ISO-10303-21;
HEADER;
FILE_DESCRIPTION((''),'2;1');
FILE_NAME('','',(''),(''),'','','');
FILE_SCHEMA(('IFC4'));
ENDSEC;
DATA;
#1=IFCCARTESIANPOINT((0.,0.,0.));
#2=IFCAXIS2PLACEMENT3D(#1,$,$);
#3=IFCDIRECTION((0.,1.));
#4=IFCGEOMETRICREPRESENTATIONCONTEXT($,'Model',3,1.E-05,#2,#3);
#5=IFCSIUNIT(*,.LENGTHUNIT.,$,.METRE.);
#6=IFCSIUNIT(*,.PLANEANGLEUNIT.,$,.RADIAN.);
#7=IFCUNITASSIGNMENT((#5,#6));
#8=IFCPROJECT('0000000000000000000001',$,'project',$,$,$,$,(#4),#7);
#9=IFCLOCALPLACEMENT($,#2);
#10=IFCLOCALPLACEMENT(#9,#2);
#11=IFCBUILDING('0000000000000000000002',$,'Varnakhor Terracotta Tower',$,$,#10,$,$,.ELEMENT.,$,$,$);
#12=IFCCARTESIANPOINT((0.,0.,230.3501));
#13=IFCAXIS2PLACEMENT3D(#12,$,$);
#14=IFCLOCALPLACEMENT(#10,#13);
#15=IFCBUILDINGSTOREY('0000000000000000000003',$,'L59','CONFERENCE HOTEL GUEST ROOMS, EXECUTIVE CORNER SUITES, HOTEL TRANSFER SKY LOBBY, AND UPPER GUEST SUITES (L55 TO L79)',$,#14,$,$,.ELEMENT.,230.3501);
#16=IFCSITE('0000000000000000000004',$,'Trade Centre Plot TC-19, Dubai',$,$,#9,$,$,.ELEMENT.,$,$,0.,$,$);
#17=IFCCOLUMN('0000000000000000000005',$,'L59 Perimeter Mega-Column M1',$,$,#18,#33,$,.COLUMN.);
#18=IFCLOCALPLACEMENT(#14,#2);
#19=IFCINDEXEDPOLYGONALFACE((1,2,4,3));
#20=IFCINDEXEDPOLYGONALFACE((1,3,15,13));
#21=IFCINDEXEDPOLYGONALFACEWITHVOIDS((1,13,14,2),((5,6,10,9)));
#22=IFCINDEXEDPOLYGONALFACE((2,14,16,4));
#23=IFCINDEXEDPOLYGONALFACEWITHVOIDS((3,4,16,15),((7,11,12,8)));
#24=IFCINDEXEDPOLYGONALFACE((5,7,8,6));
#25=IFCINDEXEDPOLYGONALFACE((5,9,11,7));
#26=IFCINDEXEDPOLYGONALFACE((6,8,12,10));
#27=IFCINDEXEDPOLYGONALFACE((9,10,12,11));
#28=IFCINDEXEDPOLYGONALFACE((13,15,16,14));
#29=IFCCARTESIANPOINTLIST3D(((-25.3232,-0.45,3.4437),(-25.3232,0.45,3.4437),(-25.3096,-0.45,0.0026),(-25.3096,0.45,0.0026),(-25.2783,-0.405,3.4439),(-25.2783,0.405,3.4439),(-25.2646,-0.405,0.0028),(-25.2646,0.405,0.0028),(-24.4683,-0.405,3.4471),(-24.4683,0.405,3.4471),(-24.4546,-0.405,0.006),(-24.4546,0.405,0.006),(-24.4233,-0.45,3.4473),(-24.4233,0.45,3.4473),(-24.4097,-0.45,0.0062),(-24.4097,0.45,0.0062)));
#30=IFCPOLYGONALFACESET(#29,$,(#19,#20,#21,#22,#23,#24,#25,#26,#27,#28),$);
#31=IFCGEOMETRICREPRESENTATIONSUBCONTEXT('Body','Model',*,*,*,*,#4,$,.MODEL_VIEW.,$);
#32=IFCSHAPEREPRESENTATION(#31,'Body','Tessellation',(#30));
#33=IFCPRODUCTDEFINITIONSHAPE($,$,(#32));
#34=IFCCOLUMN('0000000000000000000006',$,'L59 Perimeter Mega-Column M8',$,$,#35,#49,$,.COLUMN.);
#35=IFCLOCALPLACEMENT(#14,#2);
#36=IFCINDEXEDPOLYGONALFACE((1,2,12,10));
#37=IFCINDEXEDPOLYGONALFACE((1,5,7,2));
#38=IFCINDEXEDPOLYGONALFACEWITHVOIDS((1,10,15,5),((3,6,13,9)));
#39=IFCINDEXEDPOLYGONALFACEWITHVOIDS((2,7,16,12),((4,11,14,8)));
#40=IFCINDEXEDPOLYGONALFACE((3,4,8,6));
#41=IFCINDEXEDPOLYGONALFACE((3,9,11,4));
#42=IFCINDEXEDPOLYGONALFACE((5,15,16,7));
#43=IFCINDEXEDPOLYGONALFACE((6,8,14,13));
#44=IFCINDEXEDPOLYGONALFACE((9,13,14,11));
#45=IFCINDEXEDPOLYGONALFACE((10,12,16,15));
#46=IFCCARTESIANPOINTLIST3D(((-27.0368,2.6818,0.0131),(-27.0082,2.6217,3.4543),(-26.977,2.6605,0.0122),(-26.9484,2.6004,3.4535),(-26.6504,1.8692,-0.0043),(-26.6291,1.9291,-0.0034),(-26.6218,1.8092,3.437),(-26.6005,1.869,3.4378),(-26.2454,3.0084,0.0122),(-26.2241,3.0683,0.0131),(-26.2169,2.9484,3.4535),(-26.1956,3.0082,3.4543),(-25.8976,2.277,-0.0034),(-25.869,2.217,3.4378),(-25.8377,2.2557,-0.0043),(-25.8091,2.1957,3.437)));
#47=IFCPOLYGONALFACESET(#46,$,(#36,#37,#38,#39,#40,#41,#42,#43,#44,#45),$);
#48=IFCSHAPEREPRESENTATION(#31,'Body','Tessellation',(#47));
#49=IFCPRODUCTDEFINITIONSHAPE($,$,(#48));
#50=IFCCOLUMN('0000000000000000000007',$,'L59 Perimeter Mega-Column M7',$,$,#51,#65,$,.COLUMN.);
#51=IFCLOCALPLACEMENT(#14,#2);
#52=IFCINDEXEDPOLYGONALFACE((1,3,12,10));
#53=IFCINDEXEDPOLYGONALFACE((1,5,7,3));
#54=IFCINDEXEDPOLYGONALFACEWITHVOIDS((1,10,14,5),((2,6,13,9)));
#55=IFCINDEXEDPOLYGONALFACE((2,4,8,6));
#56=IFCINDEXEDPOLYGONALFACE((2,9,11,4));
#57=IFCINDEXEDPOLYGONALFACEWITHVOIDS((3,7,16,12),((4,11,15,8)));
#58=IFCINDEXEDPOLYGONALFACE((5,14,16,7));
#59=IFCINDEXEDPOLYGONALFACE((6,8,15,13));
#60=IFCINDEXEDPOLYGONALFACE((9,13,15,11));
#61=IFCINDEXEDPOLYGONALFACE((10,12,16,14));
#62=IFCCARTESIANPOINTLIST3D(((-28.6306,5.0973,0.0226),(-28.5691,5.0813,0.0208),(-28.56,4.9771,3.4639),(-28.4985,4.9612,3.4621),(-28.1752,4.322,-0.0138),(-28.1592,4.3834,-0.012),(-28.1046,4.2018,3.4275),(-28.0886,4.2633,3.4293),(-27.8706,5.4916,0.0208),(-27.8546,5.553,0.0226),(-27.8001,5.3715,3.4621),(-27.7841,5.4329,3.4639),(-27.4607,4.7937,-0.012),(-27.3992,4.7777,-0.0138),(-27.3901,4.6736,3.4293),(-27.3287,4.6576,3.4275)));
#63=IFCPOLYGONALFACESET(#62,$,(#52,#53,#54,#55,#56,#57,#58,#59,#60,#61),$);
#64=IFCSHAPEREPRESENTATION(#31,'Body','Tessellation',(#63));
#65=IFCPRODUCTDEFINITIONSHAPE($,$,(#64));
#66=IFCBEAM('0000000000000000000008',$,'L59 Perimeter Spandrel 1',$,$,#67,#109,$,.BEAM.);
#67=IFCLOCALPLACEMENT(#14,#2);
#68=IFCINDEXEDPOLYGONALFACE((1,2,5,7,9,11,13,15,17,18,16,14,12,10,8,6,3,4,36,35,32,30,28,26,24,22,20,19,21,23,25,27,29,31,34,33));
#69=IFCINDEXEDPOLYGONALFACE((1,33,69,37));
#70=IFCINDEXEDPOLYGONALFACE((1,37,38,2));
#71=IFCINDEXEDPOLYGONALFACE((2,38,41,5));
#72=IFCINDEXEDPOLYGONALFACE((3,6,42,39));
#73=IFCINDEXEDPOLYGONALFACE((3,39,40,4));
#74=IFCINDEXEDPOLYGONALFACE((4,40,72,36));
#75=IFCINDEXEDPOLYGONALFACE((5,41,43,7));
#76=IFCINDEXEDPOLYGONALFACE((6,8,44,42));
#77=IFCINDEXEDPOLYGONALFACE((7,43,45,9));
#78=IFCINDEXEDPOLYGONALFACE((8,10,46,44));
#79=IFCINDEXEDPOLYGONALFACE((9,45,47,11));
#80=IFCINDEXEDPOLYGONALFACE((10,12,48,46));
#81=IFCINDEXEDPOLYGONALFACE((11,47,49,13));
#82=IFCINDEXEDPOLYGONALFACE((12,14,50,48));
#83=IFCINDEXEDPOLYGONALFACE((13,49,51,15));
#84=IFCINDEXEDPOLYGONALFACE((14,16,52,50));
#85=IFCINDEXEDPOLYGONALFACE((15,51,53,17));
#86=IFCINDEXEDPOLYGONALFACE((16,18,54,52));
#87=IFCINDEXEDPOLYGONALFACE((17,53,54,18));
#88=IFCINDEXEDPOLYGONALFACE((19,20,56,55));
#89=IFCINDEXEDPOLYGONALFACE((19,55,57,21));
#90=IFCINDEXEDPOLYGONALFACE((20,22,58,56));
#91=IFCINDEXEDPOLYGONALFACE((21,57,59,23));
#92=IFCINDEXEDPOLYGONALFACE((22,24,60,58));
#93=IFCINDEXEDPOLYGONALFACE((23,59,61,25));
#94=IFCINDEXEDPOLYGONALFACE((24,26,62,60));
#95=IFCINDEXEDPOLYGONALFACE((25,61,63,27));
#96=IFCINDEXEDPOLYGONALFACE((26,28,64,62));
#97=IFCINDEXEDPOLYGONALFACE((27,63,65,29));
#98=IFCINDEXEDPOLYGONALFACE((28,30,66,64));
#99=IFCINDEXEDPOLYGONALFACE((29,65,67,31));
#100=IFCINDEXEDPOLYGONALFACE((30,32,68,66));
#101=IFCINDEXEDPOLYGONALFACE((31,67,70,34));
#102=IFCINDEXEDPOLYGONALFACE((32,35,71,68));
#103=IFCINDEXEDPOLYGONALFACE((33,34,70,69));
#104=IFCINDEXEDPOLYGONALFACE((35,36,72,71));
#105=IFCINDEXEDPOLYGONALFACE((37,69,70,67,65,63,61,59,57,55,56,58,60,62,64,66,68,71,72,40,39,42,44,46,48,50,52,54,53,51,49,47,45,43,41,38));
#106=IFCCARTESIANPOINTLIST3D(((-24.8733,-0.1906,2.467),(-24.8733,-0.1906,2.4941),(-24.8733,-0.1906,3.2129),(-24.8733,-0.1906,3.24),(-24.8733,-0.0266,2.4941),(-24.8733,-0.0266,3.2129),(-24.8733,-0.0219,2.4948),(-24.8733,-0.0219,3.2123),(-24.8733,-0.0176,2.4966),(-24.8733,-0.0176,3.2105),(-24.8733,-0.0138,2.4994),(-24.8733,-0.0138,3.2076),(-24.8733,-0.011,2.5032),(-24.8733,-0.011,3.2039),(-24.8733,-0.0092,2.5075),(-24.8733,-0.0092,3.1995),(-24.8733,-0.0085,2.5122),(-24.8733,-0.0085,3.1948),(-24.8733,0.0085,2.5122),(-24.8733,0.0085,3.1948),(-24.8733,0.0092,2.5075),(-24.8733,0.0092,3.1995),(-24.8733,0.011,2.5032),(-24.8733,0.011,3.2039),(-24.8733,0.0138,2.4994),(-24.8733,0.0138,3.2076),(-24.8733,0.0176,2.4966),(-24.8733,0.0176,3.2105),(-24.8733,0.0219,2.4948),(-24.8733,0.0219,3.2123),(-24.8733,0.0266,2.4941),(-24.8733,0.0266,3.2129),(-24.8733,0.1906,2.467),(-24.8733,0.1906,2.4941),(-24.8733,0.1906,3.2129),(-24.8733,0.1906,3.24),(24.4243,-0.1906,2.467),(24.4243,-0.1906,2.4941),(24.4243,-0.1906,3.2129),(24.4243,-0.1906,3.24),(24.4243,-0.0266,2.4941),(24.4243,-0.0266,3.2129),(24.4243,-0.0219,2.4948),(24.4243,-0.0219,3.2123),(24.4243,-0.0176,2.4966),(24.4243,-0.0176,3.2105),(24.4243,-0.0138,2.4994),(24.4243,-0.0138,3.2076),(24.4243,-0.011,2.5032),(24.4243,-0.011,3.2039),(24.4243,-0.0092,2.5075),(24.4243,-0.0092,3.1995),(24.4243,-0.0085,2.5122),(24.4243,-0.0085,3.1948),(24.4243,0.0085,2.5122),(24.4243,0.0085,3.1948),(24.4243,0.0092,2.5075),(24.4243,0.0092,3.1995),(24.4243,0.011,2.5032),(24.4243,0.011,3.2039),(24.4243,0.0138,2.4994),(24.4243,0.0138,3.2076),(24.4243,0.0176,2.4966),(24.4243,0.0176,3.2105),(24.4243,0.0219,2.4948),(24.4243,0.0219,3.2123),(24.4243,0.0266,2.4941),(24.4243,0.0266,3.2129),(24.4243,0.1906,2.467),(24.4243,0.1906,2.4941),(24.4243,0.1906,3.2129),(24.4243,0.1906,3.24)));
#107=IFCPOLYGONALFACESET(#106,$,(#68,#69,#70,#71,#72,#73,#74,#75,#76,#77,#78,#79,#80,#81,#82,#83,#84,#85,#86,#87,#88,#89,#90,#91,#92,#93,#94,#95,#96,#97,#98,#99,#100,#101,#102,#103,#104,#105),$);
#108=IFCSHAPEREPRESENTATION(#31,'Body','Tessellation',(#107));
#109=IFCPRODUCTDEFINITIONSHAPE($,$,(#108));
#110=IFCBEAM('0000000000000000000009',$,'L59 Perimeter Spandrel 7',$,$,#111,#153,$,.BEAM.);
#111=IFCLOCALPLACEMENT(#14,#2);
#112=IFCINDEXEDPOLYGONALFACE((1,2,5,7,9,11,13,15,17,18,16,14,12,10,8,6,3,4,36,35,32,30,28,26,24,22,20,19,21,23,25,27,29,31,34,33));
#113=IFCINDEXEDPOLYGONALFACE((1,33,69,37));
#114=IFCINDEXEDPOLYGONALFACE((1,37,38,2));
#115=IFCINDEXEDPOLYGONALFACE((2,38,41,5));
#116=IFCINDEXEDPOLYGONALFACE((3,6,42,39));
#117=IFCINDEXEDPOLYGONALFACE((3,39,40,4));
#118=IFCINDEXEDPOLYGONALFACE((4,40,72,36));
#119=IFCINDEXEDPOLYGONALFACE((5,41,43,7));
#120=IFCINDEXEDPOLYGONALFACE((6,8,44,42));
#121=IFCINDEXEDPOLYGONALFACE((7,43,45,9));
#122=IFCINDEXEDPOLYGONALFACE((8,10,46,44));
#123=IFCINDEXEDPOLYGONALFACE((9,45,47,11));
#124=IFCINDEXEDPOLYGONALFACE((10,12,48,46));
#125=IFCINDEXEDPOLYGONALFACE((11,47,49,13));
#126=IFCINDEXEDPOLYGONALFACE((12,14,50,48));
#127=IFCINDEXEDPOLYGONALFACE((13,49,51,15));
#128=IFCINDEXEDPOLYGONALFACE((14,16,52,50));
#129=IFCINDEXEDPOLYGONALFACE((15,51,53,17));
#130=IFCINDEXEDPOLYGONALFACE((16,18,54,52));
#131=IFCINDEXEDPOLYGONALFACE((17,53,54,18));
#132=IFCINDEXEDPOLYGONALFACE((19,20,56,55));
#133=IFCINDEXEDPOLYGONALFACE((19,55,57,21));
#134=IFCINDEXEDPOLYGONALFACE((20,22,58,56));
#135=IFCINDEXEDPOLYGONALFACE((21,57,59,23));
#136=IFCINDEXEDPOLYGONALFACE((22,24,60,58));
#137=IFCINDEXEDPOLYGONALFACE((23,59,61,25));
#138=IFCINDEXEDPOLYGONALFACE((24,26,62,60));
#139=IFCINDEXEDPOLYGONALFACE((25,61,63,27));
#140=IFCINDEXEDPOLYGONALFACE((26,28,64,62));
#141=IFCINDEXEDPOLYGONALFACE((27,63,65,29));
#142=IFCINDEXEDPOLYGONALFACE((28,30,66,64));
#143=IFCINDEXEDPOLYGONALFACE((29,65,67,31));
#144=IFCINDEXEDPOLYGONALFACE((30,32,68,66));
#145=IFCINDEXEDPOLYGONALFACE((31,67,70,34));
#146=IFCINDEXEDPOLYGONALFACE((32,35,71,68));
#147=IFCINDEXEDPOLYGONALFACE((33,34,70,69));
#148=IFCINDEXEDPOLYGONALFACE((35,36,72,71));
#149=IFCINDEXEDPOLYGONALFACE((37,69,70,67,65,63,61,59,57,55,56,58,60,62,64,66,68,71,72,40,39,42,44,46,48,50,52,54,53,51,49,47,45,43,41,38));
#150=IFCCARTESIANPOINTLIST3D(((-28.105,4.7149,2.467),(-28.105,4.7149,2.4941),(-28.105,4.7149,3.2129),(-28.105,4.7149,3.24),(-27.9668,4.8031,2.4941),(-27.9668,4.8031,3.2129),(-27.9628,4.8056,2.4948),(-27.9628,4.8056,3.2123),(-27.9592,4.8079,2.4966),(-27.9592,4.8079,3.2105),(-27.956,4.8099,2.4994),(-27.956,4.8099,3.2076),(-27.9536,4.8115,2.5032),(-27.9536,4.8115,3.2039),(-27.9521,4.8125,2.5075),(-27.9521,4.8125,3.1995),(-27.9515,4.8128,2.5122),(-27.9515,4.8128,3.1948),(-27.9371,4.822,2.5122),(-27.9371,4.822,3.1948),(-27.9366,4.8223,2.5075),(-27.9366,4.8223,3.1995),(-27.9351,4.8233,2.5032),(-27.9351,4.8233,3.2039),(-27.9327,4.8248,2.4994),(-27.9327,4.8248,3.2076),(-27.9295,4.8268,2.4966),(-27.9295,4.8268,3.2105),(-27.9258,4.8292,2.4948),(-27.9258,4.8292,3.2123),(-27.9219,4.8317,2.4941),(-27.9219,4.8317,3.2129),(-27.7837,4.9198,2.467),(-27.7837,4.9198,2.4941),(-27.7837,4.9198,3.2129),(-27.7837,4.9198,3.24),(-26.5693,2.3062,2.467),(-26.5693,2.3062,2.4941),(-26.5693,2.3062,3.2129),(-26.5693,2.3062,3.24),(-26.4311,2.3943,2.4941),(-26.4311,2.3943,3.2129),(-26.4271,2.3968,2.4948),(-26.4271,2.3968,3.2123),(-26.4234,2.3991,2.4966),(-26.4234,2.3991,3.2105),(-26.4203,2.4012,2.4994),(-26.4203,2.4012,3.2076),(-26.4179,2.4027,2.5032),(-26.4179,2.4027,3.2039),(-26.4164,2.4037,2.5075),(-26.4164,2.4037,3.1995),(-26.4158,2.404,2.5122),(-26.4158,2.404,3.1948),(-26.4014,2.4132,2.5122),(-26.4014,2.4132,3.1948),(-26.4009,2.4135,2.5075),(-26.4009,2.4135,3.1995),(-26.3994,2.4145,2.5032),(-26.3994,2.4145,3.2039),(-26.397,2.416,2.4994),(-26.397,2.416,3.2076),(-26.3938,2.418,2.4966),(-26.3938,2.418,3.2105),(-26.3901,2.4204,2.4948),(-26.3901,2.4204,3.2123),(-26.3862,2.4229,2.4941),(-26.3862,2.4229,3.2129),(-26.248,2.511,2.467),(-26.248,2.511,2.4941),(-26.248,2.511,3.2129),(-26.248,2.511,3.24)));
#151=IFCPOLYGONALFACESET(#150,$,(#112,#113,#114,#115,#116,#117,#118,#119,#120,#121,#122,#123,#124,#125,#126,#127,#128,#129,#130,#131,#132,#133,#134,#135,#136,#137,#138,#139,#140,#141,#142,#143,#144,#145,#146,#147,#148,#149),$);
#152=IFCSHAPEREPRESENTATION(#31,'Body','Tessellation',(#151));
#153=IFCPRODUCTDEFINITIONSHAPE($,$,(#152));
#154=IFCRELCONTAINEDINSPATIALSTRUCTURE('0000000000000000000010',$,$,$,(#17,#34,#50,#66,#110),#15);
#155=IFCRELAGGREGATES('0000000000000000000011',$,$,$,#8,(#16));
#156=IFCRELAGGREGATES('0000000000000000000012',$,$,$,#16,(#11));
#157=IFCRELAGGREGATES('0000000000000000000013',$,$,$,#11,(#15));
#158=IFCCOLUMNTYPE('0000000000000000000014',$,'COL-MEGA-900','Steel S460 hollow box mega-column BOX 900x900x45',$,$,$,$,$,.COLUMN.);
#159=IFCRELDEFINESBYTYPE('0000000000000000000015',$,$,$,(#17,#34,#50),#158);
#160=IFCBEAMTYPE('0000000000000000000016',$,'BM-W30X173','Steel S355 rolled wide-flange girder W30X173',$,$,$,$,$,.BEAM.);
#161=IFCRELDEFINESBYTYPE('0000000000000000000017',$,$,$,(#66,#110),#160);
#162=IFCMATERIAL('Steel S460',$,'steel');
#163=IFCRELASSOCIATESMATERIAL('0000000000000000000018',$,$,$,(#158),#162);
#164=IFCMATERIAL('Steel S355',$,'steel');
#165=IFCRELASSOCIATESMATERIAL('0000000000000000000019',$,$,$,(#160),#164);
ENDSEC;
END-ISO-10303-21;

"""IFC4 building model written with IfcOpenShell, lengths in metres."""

from ifc_helpers import new_model, si_unit, direction, frame, origin, origin_2d, place, context, subcontext, project, spatial, hollow_rectangle, i_section, extrude, source, transform, mapped, material, material_profile, profile_set, type_object, element, save


model = new_model("IFC4")

# Units and contexts
model_context = context("Model", 3, precision=1e-05, world=origin(), true_north=direction((0.0, 1.0)))
body_context = subcontext(model_context, "Body", "Model", "MODEL_VIEW")
ifc_project = project(units=[si_unit("LENGTHUNIT", "METRE"), si_unit("PLANEANGLEUNIT", "RADIAN")], contexts=[model_context])

# Site, building, storey
site_placement = place(None, origin())
site = spatial("IfcSite", under=ifc_project, at=site_placement, Name="Trade Centre Plot TC-19, Dubai", CompositionType="ELEMENT", RefElevation=0.0)
building_placement = place(site_placement, origin())
building = spatial("IfcBuilding", under=site, at=building_placement, Name="Varnakhor Terracotta Tower", CompositionType="ELEMENT")
storey_placement = place(building_placement, frame((0.0, 0.0, 230.3501)))
storey = spatial("IfcBuildingStorey", under=building, at=storey_placement, Name="L59", Description="CONFERENCE HOTEL GUEST ROOMS, EXECUTIVE CORNER SUITES, HOTEL TRANSFER SKY LOBBY, AND UPPER GUEST SUITES (L55 TO L79)", CompositionType="ELEMENT", Elevation=230.3501)

# Columns
ifc_material_1 = material(Name="Steel S460", Category="steel")
ifc_material_profile_1 = material_profile(ifc_material_1, hollow_rectangle(XDim=0.8999, YDim=0.8999, WallThickness=0.0449, at=origin_2d()), Name="BOX 900x900x45")
ifc_profile_set_1 = profile_set([ifc_material_profile_1], Name="Steel S460")
column_type = type_object("IfcColumnType", Name="COL-MEGA-900", Description="Steel S460 hollow box mega-column BOX 900x900x45", PredefinedType="COLUMN", material=ifc_profile_set_1)
shared_shape_1 = source(origin(), body_context, "Body", "SweptSolid", [
    extrude(hollow_rectangle(XDim=0.8999, YDim=0.8999, WallThickness=0.0449, at=origin_2d()), origin(), (0.0, 0.0, 1.0), 3.4412),
])
column_1_placement = place(storey_placement, frame((-24.8596, 0.0, 0.0044), z_axis=(-0.003973, 0.0, 0.999992), x_axis=(0.0, -1.0, 0.0)))
element("IfcColumn", 1, at=column_1_placement, inside=storey, type_object=column_type, Name="L59 Perimeter Mega-Column M1", PredefinedType="COLUMN", context=body_context, shape_type="MappedRepresentation", body=[
    mapped(shared_shape_1, transform((0.0, 0.0, 0.0), scale=1.0)),
])
shared_shape_2 = source(origin(), body_context, "Body", "SweptSolid", [
    extrude(hollow_rectangle(XDim=0.8999, YDim=0.8999, WallThickness=0.0449, at=origin_2d()), origin(), (0.0, 0.0, 1.0), 3.4419),
])
column_2_placement = place(storey_placement, frame((-26.4373, 2.4688, 0.0044), z_axis=(0.008299, -0.01745, 0.999813), x_axis=(0.903064, 0.429506, 0.0)))
element("IfcColumn", 2, at=column_2_placement, inside=storey, type_object=column_type, Name="L59 Perimeter Mega-Column M8", PredefinedType="COLUMN", context=body_context, shape_type="MappedRepresentation", body=[
    mapped(shared_shape_2, transform((0.0, 0.0, 0.0), scale=1.0)),
])
shared_shape_3 = source(origin(), body_context, "Body", "SweptSolid", [
    extrude(hollow_rectangle(XDim=0.8999, YDim=0.8999, WallThickness=0.0449, at=origin_2d()), origin(), (0.0, 0.0, 1.0), 3.4441),
])
column_3_placement = place(storey_placement, frame((-28.0149, 4.9375, 0.0044), z_axis=(0.020487, -0.034877, 0.999182), x_axis=(0.862249, 0.506484, 0.0)))
element("IfcColumn", 3, at=column_3_placement, inside=storey, type_object=column_type, Name="L59 Perimeter Mega-Column M7", PredefinedType="COLUMN", context=body_context, shape_type="MappedRepresentation", body=[
    mapped(shared_shape_3, transform((0.0, 0.0, 0.0), scale=1.0)),
])

# Beams
ifc_material_2 = material(Name="Steel S355", Category="steel")
ifc_material_profile_2 = material_profile(ifc_material_2, i_section(OverallWidth=0.3811, OverallDepth=0.7729, WebThickness=0.0171, FlangeThickness=0.0271, FilletRadius=0.0181, at=origin_2d()), Name="W30X173")
ifc_profile_set_2 = profile_set([ifc_material_profile_2], Name="Steel S355")
beam_type_1 = type_object("IfcBeamType", Name="BM-W30X173", Description="Steel S355 rolled wide-flange girder W30X173", PredefinedType="BEAM", material=ifc_profile_set_2)
shared_shape_4 = source(origin(), body_context, "Body", "SweptSolid", [
    extrude(i_section(OverallWidth=0.3811, OverallDepth=0.7729, WebThickness=0.0171, FlangeThickness=0.0271, FilletRadius=0.0181, at=origin_2d()), origin(), (0.0, 0.0, 1.0), 49.2976),
])
beam_1_placement = place(storey_placement, frame((-24.8733, 0.0, 2.8535), z_axis=(1.0, 0.0, 0.0), x_axis=(0.0, 1.0, 0.0)))
element("IfcBeam", 4, at=beam_1_placement, inside=storey, type_object=beam_type_1, Name="L59 Perimeter Spandrel 1", PredefinedType="BEAM", context=body_context, shape_type="MappedRepresentation", body=[
    mapped(shared_shape_4, transform((0.0, 0.0, 0.0), scale=1.0)),
])
shared_shape_5 = source(origin(), body_context, "Body", "SweptSolid", [
    extrude(i_section(OverallWidth=0.3811, OverallDepth=0.7729, WebThickness=0.0171, FlangeThickness=0.0271, FilletRadius=0.0181, at=origin_2d()), origin(), (0.0, 0.0, 1.0), 2.8567),
])
beam_2_placement = place(storey_placement, frame((-27.9443, 4.8174, 2.8535), z_axis=(0.537583, -0.843211, 0.0), x_axis=(0.843211, 0.537583, 0.0)))
element("IfcBeam", 5, at=beam_2_placement, inside=storey, type_object=beam_type_1, Name="L59 Perimeter Spandrel 7", PredefinedType="BEAM", context=body_context, shape_type="MappedRepresentation", body=[
    mapped(shared_shape_5, transform((0.0, 0.0, 0.0), scale=1.0)),
])

save(model, "model.ifc")
